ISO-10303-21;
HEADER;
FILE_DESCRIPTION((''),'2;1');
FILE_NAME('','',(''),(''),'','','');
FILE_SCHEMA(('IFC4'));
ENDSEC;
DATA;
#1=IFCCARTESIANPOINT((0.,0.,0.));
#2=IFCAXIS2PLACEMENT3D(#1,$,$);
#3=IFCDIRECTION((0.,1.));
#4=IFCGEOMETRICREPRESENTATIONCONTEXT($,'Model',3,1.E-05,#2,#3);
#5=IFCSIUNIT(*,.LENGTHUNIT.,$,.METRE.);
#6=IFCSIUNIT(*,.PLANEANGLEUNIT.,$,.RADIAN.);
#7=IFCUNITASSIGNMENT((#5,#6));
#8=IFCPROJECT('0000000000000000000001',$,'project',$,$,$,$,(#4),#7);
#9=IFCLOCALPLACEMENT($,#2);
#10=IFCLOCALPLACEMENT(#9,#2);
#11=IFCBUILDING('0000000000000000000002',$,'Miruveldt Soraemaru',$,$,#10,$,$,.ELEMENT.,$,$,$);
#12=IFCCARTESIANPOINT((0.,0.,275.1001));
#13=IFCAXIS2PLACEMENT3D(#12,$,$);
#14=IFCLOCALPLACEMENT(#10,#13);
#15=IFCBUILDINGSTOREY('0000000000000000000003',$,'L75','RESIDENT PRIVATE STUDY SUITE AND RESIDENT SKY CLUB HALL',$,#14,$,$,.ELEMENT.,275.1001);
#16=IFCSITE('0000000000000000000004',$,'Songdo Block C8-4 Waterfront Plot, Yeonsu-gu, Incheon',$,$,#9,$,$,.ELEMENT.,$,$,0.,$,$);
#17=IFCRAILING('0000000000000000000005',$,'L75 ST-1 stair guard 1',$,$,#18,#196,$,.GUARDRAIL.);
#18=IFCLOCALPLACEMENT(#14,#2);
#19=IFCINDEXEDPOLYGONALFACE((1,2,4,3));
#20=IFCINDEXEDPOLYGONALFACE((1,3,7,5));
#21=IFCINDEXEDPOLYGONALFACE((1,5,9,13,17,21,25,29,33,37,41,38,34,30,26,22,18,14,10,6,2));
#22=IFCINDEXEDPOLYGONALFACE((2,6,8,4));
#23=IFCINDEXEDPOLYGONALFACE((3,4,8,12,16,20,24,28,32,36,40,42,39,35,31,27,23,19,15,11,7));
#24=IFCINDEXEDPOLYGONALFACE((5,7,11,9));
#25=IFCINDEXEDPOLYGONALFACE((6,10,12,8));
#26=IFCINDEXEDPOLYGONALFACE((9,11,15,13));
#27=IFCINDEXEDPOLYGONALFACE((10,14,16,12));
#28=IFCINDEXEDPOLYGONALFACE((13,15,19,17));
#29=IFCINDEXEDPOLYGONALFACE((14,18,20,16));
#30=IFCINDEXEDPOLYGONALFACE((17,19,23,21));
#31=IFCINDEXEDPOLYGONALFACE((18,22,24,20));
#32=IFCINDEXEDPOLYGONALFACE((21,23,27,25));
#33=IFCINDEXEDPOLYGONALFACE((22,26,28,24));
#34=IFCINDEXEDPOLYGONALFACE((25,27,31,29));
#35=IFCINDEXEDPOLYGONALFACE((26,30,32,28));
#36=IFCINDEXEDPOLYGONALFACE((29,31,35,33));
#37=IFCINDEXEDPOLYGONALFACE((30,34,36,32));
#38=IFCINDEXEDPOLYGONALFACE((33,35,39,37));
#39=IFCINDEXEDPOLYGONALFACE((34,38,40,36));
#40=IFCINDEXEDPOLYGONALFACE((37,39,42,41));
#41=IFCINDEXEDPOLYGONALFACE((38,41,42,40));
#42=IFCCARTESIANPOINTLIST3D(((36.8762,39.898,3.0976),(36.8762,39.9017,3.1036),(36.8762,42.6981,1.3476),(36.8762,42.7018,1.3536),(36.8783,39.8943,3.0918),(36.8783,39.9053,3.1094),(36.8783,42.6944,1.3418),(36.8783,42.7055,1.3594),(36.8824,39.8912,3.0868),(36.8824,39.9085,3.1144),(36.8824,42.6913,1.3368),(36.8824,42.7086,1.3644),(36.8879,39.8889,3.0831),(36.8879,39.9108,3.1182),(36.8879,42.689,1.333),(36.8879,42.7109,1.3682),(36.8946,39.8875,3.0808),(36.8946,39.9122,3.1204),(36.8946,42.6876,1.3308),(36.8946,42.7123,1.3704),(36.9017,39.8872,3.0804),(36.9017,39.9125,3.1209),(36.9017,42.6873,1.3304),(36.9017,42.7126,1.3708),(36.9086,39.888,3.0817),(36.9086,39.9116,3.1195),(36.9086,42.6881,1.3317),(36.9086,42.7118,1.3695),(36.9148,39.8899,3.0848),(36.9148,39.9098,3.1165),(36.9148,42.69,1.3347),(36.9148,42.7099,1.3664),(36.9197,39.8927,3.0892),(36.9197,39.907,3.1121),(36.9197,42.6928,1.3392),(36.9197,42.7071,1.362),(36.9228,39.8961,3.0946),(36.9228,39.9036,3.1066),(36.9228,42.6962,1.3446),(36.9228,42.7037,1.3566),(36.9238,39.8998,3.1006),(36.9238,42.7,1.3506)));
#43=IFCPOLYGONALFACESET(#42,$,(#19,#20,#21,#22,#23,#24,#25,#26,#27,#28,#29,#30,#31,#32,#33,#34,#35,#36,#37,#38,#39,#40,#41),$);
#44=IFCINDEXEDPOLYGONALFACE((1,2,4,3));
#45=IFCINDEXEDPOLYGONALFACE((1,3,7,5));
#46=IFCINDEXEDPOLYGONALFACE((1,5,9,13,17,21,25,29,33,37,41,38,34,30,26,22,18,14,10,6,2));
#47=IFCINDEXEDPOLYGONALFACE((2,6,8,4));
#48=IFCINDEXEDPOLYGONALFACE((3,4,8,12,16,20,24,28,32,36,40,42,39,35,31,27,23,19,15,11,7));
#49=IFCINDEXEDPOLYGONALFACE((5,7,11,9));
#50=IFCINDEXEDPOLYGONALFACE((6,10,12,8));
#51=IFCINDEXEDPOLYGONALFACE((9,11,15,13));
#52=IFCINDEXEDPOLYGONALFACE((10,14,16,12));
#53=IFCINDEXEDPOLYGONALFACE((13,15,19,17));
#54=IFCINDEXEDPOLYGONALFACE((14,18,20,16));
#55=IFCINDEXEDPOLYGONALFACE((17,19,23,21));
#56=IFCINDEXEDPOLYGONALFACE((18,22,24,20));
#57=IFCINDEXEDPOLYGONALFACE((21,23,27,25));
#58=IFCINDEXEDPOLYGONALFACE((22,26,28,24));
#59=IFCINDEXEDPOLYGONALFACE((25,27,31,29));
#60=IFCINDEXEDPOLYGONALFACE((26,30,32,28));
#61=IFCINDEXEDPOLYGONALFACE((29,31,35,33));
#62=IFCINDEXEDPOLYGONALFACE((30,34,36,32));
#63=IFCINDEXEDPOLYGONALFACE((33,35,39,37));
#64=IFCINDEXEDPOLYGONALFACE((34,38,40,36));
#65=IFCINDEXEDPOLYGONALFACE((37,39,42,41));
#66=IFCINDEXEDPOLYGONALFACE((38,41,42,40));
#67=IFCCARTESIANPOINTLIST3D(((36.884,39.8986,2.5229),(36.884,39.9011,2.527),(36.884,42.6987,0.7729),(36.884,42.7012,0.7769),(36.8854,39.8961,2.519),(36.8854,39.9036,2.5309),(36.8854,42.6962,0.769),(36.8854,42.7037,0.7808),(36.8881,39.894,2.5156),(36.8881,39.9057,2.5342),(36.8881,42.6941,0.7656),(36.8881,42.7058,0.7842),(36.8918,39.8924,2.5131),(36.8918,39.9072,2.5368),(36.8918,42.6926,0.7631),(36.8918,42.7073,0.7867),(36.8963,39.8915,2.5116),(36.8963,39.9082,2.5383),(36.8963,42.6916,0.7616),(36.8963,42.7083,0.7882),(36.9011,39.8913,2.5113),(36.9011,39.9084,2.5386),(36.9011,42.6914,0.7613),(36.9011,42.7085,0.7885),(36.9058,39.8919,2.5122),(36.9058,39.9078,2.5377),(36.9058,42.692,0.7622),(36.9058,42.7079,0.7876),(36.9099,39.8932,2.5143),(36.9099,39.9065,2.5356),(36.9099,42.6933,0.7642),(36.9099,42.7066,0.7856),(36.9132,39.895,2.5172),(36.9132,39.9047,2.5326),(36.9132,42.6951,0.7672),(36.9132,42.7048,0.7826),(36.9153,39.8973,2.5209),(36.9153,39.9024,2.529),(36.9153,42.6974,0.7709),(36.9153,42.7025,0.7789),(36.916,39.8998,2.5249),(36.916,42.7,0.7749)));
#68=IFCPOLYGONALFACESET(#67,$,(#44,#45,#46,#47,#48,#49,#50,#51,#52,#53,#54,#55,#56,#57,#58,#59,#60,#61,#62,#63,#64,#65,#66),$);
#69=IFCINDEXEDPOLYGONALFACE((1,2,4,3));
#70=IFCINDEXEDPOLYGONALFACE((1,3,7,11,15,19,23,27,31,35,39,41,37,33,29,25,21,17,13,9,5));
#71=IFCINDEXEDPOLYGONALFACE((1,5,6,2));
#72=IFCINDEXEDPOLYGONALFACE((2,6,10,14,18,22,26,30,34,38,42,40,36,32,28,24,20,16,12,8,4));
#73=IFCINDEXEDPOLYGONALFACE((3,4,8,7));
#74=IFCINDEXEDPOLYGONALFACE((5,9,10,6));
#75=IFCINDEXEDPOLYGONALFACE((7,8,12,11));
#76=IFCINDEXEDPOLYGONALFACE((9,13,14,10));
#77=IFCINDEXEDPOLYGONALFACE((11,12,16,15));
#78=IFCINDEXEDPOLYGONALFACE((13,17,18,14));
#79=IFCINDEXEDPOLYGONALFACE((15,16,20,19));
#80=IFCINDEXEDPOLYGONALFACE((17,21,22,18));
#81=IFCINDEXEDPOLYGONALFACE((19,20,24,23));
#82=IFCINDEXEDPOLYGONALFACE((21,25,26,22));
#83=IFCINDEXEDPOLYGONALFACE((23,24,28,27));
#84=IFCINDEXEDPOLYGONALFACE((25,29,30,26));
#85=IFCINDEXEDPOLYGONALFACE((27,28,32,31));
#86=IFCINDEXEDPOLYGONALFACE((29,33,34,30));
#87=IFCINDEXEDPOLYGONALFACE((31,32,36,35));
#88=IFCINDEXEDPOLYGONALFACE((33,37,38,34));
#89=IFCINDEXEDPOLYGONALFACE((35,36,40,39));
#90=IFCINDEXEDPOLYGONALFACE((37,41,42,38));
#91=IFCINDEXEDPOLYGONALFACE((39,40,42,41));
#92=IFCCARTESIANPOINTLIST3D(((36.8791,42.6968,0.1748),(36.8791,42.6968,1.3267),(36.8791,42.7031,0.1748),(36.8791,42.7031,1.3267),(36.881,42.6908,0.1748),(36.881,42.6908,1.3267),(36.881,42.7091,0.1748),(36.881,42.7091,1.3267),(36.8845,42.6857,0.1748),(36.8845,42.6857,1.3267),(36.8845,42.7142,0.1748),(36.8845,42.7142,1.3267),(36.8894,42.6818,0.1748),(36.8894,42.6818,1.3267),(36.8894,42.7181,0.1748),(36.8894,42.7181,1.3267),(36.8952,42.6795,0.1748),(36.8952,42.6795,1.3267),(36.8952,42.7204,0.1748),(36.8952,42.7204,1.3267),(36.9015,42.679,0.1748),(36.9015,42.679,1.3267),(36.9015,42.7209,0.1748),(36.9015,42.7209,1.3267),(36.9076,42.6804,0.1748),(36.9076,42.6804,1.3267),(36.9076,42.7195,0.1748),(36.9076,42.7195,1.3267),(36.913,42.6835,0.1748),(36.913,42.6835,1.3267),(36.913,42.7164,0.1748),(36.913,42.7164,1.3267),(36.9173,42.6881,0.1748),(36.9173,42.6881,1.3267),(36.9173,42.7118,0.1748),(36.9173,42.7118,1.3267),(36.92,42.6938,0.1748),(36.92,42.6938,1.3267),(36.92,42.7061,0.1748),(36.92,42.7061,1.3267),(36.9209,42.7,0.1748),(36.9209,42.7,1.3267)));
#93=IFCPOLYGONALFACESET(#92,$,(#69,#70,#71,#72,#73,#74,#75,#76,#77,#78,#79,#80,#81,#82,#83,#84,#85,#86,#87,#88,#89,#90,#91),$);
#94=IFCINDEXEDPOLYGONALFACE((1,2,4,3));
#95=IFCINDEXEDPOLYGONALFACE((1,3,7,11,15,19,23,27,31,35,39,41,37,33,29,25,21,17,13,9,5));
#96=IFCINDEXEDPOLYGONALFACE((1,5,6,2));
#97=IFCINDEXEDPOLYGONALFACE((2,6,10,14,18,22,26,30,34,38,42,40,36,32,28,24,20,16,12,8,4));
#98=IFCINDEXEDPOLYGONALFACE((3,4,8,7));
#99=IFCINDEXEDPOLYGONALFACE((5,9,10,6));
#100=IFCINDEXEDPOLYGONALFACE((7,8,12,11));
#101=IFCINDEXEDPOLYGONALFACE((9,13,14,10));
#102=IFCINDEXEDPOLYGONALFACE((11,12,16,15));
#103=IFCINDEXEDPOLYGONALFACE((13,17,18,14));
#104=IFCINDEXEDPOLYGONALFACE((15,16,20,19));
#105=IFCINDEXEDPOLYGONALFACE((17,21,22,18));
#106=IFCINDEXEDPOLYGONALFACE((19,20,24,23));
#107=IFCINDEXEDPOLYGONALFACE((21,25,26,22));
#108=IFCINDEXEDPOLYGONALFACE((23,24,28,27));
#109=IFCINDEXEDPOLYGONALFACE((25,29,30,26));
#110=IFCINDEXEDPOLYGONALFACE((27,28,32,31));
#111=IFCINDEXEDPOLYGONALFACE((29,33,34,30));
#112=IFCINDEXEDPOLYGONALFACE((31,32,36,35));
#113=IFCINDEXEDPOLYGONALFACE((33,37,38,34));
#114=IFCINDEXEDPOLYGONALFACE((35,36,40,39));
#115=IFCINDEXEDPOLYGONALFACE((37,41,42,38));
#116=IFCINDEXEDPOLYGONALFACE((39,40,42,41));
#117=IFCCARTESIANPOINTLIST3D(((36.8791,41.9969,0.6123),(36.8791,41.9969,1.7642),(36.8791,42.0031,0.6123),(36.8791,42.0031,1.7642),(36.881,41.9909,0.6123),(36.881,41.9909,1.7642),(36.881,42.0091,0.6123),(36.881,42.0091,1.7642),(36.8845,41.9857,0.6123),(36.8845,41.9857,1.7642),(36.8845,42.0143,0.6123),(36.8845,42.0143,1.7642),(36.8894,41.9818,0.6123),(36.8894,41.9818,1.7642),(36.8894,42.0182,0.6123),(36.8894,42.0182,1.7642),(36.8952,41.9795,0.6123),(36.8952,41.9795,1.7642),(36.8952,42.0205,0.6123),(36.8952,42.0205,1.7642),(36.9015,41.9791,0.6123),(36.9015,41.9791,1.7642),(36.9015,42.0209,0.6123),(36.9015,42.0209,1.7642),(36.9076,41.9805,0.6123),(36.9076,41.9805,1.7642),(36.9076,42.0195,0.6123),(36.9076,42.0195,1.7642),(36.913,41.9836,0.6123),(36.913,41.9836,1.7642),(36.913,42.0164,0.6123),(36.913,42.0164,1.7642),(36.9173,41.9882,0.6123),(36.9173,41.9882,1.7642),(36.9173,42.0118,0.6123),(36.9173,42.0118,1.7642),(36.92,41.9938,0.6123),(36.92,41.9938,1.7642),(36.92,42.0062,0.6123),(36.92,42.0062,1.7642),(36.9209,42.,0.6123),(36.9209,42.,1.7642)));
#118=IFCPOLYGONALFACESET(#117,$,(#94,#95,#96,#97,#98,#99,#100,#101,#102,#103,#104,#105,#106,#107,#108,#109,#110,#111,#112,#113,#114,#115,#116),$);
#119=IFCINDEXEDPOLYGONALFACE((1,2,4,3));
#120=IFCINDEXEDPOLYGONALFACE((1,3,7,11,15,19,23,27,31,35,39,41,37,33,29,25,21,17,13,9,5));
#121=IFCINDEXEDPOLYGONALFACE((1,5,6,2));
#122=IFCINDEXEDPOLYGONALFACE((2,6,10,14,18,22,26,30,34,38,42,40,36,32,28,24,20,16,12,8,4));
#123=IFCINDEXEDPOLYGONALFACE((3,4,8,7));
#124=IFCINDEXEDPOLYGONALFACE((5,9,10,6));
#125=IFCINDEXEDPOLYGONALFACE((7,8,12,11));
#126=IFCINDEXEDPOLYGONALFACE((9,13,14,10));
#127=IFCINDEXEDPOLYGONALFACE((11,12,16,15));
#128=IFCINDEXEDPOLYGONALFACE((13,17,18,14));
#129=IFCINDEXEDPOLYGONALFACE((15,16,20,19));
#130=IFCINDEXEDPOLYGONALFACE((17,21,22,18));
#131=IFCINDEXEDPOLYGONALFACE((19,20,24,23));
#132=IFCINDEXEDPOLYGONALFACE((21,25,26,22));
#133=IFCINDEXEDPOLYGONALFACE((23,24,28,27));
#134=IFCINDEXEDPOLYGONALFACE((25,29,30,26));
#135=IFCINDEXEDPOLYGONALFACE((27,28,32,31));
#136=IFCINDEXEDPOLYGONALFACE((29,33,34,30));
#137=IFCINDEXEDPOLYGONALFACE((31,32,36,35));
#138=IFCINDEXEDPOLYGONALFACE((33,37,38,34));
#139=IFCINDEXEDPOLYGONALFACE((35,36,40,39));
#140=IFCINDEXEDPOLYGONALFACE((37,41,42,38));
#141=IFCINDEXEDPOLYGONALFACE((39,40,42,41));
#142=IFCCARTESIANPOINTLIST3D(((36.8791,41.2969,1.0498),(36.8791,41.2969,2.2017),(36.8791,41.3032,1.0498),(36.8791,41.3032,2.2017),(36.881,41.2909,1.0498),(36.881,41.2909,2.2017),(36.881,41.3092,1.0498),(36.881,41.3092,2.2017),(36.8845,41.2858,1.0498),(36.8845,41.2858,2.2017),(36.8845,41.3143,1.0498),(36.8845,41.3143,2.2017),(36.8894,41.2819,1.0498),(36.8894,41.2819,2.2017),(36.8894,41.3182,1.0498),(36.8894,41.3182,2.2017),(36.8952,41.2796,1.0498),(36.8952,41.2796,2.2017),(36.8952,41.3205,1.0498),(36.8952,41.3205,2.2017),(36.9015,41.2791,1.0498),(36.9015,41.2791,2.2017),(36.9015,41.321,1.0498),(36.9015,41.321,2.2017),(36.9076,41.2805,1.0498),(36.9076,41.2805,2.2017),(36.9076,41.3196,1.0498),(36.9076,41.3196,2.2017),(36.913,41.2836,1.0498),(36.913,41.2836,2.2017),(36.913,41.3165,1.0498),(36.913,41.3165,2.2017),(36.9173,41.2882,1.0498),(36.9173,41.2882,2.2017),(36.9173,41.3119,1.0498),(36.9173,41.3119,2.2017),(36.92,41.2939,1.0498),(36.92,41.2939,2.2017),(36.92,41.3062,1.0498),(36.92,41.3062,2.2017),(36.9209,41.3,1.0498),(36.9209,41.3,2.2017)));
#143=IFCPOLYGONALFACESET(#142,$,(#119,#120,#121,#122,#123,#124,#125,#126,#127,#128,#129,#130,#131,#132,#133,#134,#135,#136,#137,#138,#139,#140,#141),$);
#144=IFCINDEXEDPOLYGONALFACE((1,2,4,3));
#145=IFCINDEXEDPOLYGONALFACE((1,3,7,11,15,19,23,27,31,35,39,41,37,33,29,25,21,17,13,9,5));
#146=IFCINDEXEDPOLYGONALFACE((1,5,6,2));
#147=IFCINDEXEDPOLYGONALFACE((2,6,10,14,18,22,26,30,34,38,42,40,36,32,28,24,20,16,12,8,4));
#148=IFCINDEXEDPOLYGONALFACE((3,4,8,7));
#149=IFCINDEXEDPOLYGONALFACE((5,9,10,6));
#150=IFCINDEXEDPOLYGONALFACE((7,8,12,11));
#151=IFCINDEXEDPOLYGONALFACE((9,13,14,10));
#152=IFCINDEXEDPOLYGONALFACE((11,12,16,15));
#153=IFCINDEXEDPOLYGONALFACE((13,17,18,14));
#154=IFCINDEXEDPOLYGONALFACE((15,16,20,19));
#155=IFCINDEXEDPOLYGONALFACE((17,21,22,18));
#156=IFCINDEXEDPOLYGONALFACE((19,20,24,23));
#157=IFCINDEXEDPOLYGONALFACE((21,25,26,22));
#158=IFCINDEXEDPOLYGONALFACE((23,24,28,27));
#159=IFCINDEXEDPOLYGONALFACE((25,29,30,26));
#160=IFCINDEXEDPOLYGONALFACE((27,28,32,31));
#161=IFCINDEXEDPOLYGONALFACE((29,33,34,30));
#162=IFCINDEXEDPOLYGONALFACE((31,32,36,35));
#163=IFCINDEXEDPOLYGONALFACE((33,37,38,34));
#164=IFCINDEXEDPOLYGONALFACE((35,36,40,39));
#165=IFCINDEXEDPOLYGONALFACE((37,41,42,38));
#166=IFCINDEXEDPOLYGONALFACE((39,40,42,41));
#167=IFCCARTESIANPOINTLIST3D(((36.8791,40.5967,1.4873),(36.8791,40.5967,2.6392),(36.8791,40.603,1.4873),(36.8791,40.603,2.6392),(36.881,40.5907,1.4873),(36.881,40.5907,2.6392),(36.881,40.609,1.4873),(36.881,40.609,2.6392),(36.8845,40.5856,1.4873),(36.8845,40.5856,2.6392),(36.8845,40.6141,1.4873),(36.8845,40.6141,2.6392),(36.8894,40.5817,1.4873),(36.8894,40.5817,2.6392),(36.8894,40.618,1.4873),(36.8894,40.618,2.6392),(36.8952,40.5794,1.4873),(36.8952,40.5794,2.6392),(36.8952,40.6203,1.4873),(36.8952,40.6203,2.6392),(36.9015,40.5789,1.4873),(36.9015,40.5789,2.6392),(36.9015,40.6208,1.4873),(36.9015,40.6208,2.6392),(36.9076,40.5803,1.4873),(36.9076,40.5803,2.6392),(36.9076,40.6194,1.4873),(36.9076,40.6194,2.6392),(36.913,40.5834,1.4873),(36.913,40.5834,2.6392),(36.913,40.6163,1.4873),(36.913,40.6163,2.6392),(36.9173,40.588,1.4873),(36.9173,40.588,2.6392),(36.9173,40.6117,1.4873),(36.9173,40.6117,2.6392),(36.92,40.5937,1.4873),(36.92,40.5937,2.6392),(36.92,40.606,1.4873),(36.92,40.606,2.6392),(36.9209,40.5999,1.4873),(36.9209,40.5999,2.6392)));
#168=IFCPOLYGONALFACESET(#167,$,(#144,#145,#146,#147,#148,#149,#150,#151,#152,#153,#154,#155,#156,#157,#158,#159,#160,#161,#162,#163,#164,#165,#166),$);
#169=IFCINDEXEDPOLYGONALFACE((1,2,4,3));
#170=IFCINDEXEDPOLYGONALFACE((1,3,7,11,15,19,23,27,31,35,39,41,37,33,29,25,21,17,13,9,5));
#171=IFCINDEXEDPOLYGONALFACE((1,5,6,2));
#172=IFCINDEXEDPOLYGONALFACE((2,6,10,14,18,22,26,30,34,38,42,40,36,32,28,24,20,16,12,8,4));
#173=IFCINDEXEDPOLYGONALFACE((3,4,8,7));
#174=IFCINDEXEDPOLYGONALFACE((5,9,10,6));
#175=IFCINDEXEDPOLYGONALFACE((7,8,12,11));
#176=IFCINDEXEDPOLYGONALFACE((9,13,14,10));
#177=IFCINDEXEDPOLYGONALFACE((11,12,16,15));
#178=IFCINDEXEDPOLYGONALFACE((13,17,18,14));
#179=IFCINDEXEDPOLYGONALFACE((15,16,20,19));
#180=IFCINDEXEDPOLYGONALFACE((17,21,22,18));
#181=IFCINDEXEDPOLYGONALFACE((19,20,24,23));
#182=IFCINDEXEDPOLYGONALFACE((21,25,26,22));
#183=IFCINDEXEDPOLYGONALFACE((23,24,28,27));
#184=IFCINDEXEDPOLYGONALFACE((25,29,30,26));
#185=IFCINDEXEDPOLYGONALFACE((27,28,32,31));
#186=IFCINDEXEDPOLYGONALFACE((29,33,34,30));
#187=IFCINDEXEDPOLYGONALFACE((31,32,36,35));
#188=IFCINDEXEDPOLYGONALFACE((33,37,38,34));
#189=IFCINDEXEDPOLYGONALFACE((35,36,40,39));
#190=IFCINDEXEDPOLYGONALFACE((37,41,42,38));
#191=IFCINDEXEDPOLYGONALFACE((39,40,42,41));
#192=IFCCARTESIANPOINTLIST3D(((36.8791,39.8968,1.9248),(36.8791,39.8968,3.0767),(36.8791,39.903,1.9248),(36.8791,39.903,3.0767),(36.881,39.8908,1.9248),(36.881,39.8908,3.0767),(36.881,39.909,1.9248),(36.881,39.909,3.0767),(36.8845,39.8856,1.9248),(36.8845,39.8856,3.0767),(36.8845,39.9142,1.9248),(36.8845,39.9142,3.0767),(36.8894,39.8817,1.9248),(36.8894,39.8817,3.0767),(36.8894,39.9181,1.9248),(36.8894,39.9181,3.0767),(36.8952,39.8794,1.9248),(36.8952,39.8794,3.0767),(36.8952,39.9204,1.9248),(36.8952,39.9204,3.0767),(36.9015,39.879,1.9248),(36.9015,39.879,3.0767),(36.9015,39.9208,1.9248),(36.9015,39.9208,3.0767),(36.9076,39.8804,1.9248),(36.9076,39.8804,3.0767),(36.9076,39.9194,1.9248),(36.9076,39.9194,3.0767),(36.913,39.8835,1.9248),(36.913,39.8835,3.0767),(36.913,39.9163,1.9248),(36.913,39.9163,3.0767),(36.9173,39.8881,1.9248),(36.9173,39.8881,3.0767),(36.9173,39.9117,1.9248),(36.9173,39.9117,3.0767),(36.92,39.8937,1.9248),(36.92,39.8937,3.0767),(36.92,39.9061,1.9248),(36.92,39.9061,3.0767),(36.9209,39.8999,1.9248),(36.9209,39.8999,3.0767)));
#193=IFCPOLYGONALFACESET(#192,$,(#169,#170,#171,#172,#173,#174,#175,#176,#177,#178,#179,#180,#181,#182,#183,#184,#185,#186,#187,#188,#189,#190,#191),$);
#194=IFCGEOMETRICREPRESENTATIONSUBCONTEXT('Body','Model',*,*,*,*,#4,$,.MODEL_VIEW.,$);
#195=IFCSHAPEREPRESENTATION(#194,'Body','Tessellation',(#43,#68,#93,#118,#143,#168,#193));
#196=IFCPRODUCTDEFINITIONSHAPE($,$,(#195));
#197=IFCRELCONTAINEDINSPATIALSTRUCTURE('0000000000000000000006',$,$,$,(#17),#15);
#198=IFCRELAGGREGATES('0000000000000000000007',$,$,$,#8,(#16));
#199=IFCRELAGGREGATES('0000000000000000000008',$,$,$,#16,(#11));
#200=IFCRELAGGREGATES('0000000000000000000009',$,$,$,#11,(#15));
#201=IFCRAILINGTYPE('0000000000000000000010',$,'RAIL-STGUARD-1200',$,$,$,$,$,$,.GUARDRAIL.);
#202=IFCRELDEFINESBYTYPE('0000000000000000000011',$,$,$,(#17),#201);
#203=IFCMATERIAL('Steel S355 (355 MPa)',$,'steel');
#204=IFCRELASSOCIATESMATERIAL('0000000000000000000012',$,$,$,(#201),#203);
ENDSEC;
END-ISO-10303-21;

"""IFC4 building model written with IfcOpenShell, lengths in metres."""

from ifc_helpers import new_model, si_unit, direction, frame, origin, origin_2d, place, context, subcontext, project, spatial, circle, extrude, material, type_object, element, save


model = new_model("IFC4")

# Units and contexts
model_context = context("Model", 3, precision=1e-05, world=origin(), true_north=direction((0.0, 1.0)))
body_context = subcontext(model_context, "Body", "Model", "MODEL_VIEW")
ifc_project = project(units=[si_unit("LENGTHUNIT", "METRE"), si_unit("PLANEANGLEUNIT", "RADIAN")], contexts=[model_context])

# Site, building, storey
site_placement = place(None, origin())
site = spatial("IfcSite", under=ifc_project, at=site_placement, Name="Songdo Block C8-4 Waterfront Plot, Yeonsu-gu, Incheon", CompositionType="ELEMENT", RefElevation=0.0)
building_placement = place(site_placement, origin())
building = spatial("IfcBuilding", under=site, at=building_placement, Name="Miruveldt Soraemaru", CompositionType="ELEMENT")
storey_placement = place(building_placement, frame((0.0, 0.0, 275.1001)))
storey = spatial("IfcBuildingStorey", under=building, at=storey_placement, Name="L75", Description="RESIDENT PRIVATE STUDY SUITE AND RESIDENT SKY CLUB HALL", CompositionType="ELEMENT", Elevation=275.1001)

# Railing
ifc_material_1 = material(Name="Steel S355 (355 MPa)", Category="steel")
railing_type = type_object("IfcRailingType", Name="RAIL-STGUARD-1200", PredefinedType="GUARDRAIL", material=ifc_material_1)
railing_1_placement = place(storey_placement, frame((36.8999, 42.7, 0.1748)))
element("IfcRailing", 1, at=railing_1_placement, inside=storey, type_object=railing_type, Name="L75 ST-1 stair guard 1", PredefinedType="GUARDRAIL", context=body_context, shape_type="SweptSolid", body=[
    extrude(circle(Radius=0.0239, at=origin_2d()), frame((0.0, 0.0, 1.1758), z_axis=(0.0, -0.848002, 0.529992), x_axis=(1.0, 0.0, 0.0)), (0.0, 0.0, 1.0), 3.302),
    extrude(circle(Radius=0.0161, at=origin_2d()), frame((0.0, 0.0, 0.6001), z_axis=(0.0, -0.848002, 0.529992), x_axis=(1.0, 0.0, 0.0)), (0.0, 0.0, 1.0), 3.302),
    extrude(circle(Radius=0.021, at=origin_2d()), origin(), (0.0, 0.0, 1.0), 1.1519),
    extrude(circle(Radius=0.021, at=origin_2d()), frame((0.0, -0.7, 0.4375)), (0.0, 0.0, 1.0), 1.1519),
    extrude(circle(Radius=0.021, at=origin_2d()), frame((0.0, -1.3999, 0.875)), (0.0, 0.0, 1.0), 1.1519),
    extrude(circle(Radius=0.021, at=origin_2d()), frame((0.0, -2.1001, 1.3125)), (0.0, 0.0, 1.0), 1.1519),
    extrude(circle(Radius=0.021, at=origin_2d()), frame((0.0, -2.8, 1.75)), (0.0, 0.0, 1.0), 1.1519),
])

save(model, "model.ifc")
